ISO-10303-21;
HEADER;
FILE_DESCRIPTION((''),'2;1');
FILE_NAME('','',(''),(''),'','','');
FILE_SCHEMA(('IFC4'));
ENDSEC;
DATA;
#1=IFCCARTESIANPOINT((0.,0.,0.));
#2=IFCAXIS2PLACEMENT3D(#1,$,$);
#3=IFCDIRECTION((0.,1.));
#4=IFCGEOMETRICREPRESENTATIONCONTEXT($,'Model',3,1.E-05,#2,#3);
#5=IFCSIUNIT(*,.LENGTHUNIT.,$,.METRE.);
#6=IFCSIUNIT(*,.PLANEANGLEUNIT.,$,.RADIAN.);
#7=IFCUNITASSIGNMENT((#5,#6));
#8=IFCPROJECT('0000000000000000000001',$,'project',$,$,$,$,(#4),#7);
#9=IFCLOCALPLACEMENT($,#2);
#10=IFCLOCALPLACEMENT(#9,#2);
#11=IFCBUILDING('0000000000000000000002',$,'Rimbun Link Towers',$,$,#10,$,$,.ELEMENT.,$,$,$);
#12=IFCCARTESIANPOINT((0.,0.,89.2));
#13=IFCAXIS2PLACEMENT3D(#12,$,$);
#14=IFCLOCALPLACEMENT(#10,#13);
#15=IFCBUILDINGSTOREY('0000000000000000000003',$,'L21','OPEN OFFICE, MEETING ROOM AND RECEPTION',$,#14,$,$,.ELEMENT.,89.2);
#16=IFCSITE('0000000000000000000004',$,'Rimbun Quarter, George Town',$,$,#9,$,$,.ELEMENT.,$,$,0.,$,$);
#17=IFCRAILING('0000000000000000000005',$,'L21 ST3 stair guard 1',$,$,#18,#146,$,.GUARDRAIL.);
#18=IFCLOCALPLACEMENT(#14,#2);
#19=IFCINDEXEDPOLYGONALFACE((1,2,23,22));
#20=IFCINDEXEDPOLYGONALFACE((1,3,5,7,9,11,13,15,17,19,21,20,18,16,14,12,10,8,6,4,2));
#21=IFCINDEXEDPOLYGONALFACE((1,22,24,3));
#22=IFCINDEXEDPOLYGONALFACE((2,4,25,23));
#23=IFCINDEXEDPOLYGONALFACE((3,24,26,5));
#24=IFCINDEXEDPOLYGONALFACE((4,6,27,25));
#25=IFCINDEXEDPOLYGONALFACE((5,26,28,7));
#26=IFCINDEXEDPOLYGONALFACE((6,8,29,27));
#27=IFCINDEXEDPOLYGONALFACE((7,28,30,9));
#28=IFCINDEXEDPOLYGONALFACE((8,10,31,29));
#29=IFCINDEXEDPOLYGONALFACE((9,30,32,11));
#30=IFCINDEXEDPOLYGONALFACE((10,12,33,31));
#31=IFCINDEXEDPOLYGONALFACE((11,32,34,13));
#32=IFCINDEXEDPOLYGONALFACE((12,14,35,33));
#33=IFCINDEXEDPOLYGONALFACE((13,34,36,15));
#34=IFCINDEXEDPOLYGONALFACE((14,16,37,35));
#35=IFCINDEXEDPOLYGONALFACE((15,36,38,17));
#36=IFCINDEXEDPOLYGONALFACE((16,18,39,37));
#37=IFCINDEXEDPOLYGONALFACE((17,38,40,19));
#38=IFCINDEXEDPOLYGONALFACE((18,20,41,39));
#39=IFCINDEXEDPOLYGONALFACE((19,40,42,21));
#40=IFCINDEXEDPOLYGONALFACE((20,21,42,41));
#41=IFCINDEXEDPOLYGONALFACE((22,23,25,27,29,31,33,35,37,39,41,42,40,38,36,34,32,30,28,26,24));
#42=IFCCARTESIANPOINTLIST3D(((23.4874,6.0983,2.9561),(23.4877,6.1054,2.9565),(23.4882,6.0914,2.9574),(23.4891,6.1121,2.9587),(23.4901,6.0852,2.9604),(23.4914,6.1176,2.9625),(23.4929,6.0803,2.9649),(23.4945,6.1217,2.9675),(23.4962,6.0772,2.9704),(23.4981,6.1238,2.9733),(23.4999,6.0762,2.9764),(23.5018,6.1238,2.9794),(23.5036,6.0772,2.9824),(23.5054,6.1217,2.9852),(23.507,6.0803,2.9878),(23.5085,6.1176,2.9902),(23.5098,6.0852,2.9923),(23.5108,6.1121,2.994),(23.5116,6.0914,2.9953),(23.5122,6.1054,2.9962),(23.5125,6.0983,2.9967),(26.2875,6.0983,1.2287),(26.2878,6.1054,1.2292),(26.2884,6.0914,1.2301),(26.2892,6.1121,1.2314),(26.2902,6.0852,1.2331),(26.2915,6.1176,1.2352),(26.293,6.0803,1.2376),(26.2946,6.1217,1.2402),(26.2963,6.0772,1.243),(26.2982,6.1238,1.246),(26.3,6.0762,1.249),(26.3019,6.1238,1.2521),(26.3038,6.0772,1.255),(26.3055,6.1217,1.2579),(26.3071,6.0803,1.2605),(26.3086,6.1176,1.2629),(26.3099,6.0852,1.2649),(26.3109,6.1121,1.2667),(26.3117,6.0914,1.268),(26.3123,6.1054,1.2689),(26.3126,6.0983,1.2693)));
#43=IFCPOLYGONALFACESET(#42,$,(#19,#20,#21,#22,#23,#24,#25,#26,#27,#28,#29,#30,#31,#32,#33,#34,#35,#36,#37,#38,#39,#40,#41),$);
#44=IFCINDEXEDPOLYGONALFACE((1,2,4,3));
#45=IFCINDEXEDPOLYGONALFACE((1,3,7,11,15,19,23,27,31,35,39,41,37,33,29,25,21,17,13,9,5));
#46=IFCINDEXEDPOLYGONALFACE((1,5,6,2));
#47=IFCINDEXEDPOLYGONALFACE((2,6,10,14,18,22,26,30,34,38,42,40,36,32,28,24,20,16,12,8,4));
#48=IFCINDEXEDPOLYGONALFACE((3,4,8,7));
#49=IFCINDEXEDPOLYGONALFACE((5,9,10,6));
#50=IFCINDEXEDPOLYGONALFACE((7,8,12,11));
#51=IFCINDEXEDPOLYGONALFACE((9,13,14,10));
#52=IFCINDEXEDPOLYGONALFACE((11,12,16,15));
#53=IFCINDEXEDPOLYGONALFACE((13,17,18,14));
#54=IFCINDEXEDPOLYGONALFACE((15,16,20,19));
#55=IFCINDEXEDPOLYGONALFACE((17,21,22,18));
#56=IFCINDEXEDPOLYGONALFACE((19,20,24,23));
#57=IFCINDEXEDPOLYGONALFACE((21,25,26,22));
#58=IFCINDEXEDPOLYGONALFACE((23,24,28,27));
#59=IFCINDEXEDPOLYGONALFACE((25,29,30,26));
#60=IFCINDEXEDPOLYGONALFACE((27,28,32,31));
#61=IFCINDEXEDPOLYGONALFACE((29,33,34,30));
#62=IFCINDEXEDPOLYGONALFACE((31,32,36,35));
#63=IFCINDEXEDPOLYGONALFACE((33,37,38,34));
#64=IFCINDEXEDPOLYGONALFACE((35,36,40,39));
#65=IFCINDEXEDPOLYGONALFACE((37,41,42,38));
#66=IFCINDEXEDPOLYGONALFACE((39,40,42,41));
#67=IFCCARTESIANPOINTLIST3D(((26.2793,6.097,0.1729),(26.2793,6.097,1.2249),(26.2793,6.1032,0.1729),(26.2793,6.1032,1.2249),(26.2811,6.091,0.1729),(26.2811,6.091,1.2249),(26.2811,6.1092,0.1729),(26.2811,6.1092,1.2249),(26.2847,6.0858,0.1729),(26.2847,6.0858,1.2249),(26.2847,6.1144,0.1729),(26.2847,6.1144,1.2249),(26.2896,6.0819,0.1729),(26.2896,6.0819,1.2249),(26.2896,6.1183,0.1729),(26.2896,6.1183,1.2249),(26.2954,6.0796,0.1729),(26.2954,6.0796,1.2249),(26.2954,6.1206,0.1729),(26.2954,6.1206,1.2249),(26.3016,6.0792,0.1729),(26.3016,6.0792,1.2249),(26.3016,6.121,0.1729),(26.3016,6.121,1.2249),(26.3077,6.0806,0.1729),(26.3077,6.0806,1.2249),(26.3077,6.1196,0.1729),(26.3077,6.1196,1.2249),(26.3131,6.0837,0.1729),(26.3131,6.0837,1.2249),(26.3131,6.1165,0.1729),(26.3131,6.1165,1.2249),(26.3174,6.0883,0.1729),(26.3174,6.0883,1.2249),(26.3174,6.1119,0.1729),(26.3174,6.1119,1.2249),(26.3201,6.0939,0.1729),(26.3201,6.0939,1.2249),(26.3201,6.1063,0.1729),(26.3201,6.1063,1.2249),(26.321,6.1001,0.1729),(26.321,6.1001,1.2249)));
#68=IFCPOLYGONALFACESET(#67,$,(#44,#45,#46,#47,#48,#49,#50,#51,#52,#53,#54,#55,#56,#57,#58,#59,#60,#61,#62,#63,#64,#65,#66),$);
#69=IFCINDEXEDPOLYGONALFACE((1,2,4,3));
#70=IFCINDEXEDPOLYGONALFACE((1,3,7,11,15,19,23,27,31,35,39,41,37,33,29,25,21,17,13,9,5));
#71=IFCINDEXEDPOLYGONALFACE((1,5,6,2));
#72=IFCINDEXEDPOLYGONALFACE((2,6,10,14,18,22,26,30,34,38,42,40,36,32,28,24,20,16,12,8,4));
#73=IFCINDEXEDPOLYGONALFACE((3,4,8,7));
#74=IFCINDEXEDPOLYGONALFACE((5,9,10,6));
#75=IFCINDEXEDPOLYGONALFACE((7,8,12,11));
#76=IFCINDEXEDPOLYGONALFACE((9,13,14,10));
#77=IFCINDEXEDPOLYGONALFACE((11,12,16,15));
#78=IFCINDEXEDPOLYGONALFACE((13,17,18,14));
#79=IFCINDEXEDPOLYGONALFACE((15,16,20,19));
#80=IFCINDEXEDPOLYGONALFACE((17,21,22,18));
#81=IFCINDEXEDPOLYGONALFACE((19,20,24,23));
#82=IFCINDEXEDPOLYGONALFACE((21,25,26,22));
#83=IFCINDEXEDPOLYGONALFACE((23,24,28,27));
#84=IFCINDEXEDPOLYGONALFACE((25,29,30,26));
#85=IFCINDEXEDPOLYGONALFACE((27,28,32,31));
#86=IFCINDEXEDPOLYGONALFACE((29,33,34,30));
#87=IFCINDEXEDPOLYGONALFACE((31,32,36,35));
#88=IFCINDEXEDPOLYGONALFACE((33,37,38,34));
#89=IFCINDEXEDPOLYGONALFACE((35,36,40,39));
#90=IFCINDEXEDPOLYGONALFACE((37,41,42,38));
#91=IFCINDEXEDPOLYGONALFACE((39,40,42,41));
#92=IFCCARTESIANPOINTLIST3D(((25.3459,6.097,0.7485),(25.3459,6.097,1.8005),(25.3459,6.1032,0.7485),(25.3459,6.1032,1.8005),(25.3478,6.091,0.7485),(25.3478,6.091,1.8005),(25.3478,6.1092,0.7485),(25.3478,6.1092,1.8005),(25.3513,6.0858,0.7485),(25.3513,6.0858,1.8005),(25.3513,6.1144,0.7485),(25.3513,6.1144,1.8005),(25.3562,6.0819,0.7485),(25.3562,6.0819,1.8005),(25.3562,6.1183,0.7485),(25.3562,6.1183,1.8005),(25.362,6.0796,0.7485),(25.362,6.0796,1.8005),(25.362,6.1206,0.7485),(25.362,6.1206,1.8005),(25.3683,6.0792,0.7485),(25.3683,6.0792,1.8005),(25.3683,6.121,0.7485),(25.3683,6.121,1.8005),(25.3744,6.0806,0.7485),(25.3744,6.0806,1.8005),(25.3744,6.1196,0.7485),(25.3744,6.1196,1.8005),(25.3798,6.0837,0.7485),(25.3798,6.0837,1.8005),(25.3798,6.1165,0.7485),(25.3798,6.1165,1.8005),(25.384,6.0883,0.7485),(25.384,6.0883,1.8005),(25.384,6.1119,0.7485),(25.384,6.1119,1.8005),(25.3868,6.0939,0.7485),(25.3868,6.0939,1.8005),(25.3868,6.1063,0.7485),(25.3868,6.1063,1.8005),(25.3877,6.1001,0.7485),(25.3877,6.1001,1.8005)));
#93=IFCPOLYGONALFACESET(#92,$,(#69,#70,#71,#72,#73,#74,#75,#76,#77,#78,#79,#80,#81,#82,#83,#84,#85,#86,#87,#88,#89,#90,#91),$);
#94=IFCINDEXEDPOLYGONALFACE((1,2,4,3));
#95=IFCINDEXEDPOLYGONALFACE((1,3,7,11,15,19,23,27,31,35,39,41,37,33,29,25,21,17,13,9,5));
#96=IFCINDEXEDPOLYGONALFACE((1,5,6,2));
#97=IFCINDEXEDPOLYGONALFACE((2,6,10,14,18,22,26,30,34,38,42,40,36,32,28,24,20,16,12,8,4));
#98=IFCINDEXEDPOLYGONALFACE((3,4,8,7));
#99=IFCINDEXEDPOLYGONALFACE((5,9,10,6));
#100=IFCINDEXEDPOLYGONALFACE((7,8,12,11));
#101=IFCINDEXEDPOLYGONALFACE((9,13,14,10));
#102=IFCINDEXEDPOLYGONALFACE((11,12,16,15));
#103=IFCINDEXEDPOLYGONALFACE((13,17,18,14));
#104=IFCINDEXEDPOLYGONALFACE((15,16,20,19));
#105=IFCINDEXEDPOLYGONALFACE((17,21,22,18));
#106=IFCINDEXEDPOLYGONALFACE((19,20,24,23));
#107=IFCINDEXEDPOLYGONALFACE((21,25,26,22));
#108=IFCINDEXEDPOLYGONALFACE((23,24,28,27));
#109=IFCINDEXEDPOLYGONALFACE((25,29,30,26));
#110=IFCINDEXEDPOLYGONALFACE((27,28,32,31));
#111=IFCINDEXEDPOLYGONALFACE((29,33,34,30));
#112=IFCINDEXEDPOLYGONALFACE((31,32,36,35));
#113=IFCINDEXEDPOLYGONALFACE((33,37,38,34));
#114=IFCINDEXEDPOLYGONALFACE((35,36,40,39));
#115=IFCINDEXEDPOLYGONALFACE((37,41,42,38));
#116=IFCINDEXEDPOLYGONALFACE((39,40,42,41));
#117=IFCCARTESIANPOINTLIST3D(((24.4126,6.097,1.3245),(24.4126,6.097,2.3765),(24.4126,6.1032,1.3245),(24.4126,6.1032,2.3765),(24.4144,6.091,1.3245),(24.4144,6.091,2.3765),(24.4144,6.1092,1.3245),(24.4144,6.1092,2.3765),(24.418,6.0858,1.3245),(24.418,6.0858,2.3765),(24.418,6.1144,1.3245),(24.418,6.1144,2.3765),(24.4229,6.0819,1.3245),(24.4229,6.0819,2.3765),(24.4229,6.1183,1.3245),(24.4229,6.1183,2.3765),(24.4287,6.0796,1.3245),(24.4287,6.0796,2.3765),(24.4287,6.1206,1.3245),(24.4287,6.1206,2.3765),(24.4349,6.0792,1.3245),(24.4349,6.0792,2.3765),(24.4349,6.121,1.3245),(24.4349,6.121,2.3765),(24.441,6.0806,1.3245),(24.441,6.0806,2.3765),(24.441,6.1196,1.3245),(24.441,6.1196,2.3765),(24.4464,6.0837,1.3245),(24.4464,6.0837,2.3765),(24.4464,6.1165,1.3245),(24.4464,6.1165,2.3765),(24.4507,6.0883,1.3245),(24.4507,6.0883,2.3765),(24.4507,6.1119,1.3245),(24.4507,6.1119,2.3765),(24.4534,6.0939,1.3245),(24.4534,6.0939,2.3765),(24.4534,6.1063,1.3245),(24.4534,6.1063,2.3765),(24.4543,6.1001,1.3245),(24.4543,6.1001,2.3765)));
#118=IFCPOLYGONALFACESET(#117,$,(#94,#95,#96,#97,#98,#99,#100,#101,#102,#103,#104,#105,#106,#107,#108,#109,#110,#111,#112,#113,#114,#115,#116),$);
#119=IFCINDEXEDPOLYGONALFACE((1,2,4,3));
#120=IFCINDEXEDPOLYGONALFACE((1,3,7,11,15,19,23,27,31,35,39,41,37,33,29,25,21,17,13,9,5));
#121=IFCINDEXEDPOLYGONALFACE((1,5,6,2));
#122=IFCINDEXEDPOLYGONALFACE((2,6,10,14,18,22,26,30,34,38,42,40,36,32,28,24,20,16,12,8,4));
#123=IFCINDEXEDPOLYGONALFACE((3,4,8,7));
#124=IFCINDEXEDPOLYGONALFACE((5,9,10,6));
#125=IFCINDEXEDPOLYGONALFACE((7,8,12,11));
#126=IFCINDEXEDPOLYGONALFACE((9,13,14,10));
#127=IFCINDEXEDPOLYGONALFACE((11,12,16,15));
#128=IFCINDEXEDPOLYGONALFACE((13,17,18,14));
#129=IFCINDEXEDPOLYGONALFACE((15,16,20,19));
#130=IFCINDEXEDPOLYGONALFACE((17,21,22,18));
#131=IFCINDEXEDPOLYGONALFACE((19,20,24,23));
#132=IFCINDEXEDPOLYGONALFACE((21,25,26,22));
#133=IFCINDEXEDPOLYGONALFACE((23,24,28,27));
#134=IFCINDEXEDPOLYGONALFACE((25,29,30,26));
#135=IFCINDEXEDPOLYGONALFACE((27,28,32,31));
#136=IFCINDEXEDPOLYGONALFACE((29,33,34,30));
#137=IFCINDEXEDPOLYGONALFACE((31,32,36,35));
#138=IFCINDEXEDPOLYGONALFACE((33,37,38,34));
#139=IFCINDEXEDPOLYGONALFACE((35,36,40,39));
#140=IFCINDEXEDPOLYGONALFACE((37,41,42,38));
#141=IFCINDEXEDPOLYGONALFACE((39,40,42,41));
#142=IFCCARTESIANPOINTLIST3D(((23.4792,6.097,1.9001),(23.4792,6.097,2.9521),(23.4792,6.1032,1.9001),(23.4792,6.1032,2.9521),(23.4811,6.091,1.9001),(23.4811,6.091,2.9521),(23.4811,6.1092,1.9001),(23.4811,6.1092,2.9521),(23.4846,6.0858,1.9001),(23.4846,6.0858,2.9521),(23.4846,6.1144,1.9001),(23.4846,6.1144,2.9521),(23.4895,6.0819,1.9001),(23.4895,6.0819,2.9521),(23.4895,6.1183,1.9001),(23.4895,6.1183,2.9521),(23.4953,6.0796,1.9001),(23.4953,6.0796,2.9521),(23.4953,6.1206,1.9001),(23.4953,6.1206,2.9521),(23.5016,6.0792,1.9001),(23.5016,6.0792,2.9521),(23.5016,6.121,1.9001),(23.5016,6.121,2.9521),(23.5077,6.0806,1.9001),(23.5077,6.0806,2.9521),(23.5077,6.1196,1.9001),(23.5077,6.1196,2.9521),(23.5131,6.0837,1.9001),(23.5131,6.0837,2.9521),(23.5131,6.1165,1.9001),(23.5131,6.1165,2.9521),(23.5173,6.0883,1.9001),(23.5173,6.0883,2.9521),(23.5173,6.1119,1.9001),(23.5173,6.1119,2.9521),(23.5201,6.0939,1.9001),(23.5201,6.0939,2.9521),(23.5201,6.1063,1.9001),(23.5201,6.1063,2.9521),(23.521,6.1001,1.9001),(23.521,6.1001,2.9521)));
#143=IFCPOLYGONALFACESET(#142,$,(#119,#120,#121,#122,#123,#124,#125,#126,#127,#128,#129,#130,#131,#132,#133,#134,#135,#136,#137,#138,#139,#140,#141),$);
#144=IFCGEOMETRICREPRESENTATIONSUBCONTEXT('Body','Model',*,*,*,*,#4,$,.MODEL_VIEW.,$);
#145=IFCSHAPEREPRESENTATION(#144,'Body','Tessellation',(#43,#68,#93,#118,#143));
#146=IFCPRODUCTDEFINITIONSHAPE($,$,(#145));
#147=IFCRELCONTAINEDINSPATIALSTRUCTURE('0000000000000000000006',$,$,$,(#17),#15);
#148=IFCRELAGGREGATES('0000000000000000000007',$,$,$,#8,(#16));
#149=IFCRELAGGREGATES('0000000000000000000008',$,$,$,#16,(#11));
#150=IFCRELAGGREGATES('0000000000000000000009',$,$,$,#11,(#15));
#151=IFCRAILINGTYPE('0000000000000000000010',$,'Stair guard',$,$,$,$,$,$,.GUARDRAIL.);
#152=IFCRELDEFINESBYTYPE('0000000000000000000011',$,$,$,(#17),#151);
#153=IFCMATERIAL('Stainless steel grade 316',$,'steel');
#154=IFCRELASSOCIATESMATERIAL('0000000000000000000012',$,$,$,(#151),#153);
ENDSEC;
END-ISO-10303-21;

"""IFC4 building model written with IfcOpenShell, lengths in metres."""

from ifc_helpers import new_model, si_unit, direction, frame, origin, origin_2d, place, context, subcontext, project, spatial, circle, extrude, material, type_object, element, save


model = new_model("IFC4")

# Units and contexts
model_context = context("Model", 3, precision=1e-05, world=origin(), true_north=direction((0.0, 1.0)))
body_context = subcontext(model_context, "Body", "Model", "MODEL_VIEW")
ifc_project = project(units=[si_unit("LENGTHUNIT", "METRE"), si_unit("PLANEANGLEUNIT", "RADIAN")], contexts=[model_context])

# Site, building, storey
site_placement = place(None, origin())
site = spatial("IfcSite", under=ifc_project, at=site_placement, Name="Rimbun Quarter, George Town", CompositionType="ELEMENT", RefElevation=0.0)
building_placement = place(site_placement, origin())
building = spatial("IfcBuilding", under=site, at=building_placement, Name="Rimbun Link Towers", CompositionType="ELEMENT")
storey_placement = place(building_placement, frame((0.0, 0.0, 89.2)))
storey = spatial("IfcBuildingStorey", under=building, at=storey_placement, Name="L21", Description="OPEN OFFICE, MEETING ROOM AND RECEPTION", CompositionType="ELEMENT", Elevation=89.2)

# Railing
ifc_material_1 = material(Name="Stainless steel grade 316", Category="steel")
railing_type_1 = type_object("IfcRailingType", Name="Stair guard", PredefinedType="GUARDRAIL", material=ifc_material_1)
railing_1_placement = place(storey_placement, frame((26.3, 6.1001, 0.1729)))
element("IfcRailing", 1, at=railing_1_placement, inside=storey, type_object=railing_type_1, Name="L21 ST3 stair guard 1", PredefinedType="GUARDRAIL", context=body_context, shape_type="SweptSolid", body=[
    extrude(circle(Radius=0.0239, at=origin_2d()), frame((0.0, 0.0, 1.0762), z_axis=(-0.85109, 0.0, 0.52502), x_axis=(0.0, -1.0, 0.0)), (0.0, 0.0, 1.0), 3.29),
    extrude(circle(Radius=0.021, at=origin_2d()), origin(), (0.0, 0.0, 1.0), 1.052),
    extrude(circle(Radius=0.021, at=origin_2d()), frame((-0.9333, 0.0, 0.5757)), (0.0, 0.0, 1.0), 1.052),
    extrude(circle(Radius=0.021, at=origin_2d()), frame((-1.8667, 0.0, 1.1516)), (0.0, 0.0, 1.0), 1.052),
    extrude(circle(Radius=0.021, at=origin_2d()), frame((-2.8, 0.0, 1.7273)), (0.0, 0.0, 1.0), 1.052),
])

save(model, "model.ifc")
